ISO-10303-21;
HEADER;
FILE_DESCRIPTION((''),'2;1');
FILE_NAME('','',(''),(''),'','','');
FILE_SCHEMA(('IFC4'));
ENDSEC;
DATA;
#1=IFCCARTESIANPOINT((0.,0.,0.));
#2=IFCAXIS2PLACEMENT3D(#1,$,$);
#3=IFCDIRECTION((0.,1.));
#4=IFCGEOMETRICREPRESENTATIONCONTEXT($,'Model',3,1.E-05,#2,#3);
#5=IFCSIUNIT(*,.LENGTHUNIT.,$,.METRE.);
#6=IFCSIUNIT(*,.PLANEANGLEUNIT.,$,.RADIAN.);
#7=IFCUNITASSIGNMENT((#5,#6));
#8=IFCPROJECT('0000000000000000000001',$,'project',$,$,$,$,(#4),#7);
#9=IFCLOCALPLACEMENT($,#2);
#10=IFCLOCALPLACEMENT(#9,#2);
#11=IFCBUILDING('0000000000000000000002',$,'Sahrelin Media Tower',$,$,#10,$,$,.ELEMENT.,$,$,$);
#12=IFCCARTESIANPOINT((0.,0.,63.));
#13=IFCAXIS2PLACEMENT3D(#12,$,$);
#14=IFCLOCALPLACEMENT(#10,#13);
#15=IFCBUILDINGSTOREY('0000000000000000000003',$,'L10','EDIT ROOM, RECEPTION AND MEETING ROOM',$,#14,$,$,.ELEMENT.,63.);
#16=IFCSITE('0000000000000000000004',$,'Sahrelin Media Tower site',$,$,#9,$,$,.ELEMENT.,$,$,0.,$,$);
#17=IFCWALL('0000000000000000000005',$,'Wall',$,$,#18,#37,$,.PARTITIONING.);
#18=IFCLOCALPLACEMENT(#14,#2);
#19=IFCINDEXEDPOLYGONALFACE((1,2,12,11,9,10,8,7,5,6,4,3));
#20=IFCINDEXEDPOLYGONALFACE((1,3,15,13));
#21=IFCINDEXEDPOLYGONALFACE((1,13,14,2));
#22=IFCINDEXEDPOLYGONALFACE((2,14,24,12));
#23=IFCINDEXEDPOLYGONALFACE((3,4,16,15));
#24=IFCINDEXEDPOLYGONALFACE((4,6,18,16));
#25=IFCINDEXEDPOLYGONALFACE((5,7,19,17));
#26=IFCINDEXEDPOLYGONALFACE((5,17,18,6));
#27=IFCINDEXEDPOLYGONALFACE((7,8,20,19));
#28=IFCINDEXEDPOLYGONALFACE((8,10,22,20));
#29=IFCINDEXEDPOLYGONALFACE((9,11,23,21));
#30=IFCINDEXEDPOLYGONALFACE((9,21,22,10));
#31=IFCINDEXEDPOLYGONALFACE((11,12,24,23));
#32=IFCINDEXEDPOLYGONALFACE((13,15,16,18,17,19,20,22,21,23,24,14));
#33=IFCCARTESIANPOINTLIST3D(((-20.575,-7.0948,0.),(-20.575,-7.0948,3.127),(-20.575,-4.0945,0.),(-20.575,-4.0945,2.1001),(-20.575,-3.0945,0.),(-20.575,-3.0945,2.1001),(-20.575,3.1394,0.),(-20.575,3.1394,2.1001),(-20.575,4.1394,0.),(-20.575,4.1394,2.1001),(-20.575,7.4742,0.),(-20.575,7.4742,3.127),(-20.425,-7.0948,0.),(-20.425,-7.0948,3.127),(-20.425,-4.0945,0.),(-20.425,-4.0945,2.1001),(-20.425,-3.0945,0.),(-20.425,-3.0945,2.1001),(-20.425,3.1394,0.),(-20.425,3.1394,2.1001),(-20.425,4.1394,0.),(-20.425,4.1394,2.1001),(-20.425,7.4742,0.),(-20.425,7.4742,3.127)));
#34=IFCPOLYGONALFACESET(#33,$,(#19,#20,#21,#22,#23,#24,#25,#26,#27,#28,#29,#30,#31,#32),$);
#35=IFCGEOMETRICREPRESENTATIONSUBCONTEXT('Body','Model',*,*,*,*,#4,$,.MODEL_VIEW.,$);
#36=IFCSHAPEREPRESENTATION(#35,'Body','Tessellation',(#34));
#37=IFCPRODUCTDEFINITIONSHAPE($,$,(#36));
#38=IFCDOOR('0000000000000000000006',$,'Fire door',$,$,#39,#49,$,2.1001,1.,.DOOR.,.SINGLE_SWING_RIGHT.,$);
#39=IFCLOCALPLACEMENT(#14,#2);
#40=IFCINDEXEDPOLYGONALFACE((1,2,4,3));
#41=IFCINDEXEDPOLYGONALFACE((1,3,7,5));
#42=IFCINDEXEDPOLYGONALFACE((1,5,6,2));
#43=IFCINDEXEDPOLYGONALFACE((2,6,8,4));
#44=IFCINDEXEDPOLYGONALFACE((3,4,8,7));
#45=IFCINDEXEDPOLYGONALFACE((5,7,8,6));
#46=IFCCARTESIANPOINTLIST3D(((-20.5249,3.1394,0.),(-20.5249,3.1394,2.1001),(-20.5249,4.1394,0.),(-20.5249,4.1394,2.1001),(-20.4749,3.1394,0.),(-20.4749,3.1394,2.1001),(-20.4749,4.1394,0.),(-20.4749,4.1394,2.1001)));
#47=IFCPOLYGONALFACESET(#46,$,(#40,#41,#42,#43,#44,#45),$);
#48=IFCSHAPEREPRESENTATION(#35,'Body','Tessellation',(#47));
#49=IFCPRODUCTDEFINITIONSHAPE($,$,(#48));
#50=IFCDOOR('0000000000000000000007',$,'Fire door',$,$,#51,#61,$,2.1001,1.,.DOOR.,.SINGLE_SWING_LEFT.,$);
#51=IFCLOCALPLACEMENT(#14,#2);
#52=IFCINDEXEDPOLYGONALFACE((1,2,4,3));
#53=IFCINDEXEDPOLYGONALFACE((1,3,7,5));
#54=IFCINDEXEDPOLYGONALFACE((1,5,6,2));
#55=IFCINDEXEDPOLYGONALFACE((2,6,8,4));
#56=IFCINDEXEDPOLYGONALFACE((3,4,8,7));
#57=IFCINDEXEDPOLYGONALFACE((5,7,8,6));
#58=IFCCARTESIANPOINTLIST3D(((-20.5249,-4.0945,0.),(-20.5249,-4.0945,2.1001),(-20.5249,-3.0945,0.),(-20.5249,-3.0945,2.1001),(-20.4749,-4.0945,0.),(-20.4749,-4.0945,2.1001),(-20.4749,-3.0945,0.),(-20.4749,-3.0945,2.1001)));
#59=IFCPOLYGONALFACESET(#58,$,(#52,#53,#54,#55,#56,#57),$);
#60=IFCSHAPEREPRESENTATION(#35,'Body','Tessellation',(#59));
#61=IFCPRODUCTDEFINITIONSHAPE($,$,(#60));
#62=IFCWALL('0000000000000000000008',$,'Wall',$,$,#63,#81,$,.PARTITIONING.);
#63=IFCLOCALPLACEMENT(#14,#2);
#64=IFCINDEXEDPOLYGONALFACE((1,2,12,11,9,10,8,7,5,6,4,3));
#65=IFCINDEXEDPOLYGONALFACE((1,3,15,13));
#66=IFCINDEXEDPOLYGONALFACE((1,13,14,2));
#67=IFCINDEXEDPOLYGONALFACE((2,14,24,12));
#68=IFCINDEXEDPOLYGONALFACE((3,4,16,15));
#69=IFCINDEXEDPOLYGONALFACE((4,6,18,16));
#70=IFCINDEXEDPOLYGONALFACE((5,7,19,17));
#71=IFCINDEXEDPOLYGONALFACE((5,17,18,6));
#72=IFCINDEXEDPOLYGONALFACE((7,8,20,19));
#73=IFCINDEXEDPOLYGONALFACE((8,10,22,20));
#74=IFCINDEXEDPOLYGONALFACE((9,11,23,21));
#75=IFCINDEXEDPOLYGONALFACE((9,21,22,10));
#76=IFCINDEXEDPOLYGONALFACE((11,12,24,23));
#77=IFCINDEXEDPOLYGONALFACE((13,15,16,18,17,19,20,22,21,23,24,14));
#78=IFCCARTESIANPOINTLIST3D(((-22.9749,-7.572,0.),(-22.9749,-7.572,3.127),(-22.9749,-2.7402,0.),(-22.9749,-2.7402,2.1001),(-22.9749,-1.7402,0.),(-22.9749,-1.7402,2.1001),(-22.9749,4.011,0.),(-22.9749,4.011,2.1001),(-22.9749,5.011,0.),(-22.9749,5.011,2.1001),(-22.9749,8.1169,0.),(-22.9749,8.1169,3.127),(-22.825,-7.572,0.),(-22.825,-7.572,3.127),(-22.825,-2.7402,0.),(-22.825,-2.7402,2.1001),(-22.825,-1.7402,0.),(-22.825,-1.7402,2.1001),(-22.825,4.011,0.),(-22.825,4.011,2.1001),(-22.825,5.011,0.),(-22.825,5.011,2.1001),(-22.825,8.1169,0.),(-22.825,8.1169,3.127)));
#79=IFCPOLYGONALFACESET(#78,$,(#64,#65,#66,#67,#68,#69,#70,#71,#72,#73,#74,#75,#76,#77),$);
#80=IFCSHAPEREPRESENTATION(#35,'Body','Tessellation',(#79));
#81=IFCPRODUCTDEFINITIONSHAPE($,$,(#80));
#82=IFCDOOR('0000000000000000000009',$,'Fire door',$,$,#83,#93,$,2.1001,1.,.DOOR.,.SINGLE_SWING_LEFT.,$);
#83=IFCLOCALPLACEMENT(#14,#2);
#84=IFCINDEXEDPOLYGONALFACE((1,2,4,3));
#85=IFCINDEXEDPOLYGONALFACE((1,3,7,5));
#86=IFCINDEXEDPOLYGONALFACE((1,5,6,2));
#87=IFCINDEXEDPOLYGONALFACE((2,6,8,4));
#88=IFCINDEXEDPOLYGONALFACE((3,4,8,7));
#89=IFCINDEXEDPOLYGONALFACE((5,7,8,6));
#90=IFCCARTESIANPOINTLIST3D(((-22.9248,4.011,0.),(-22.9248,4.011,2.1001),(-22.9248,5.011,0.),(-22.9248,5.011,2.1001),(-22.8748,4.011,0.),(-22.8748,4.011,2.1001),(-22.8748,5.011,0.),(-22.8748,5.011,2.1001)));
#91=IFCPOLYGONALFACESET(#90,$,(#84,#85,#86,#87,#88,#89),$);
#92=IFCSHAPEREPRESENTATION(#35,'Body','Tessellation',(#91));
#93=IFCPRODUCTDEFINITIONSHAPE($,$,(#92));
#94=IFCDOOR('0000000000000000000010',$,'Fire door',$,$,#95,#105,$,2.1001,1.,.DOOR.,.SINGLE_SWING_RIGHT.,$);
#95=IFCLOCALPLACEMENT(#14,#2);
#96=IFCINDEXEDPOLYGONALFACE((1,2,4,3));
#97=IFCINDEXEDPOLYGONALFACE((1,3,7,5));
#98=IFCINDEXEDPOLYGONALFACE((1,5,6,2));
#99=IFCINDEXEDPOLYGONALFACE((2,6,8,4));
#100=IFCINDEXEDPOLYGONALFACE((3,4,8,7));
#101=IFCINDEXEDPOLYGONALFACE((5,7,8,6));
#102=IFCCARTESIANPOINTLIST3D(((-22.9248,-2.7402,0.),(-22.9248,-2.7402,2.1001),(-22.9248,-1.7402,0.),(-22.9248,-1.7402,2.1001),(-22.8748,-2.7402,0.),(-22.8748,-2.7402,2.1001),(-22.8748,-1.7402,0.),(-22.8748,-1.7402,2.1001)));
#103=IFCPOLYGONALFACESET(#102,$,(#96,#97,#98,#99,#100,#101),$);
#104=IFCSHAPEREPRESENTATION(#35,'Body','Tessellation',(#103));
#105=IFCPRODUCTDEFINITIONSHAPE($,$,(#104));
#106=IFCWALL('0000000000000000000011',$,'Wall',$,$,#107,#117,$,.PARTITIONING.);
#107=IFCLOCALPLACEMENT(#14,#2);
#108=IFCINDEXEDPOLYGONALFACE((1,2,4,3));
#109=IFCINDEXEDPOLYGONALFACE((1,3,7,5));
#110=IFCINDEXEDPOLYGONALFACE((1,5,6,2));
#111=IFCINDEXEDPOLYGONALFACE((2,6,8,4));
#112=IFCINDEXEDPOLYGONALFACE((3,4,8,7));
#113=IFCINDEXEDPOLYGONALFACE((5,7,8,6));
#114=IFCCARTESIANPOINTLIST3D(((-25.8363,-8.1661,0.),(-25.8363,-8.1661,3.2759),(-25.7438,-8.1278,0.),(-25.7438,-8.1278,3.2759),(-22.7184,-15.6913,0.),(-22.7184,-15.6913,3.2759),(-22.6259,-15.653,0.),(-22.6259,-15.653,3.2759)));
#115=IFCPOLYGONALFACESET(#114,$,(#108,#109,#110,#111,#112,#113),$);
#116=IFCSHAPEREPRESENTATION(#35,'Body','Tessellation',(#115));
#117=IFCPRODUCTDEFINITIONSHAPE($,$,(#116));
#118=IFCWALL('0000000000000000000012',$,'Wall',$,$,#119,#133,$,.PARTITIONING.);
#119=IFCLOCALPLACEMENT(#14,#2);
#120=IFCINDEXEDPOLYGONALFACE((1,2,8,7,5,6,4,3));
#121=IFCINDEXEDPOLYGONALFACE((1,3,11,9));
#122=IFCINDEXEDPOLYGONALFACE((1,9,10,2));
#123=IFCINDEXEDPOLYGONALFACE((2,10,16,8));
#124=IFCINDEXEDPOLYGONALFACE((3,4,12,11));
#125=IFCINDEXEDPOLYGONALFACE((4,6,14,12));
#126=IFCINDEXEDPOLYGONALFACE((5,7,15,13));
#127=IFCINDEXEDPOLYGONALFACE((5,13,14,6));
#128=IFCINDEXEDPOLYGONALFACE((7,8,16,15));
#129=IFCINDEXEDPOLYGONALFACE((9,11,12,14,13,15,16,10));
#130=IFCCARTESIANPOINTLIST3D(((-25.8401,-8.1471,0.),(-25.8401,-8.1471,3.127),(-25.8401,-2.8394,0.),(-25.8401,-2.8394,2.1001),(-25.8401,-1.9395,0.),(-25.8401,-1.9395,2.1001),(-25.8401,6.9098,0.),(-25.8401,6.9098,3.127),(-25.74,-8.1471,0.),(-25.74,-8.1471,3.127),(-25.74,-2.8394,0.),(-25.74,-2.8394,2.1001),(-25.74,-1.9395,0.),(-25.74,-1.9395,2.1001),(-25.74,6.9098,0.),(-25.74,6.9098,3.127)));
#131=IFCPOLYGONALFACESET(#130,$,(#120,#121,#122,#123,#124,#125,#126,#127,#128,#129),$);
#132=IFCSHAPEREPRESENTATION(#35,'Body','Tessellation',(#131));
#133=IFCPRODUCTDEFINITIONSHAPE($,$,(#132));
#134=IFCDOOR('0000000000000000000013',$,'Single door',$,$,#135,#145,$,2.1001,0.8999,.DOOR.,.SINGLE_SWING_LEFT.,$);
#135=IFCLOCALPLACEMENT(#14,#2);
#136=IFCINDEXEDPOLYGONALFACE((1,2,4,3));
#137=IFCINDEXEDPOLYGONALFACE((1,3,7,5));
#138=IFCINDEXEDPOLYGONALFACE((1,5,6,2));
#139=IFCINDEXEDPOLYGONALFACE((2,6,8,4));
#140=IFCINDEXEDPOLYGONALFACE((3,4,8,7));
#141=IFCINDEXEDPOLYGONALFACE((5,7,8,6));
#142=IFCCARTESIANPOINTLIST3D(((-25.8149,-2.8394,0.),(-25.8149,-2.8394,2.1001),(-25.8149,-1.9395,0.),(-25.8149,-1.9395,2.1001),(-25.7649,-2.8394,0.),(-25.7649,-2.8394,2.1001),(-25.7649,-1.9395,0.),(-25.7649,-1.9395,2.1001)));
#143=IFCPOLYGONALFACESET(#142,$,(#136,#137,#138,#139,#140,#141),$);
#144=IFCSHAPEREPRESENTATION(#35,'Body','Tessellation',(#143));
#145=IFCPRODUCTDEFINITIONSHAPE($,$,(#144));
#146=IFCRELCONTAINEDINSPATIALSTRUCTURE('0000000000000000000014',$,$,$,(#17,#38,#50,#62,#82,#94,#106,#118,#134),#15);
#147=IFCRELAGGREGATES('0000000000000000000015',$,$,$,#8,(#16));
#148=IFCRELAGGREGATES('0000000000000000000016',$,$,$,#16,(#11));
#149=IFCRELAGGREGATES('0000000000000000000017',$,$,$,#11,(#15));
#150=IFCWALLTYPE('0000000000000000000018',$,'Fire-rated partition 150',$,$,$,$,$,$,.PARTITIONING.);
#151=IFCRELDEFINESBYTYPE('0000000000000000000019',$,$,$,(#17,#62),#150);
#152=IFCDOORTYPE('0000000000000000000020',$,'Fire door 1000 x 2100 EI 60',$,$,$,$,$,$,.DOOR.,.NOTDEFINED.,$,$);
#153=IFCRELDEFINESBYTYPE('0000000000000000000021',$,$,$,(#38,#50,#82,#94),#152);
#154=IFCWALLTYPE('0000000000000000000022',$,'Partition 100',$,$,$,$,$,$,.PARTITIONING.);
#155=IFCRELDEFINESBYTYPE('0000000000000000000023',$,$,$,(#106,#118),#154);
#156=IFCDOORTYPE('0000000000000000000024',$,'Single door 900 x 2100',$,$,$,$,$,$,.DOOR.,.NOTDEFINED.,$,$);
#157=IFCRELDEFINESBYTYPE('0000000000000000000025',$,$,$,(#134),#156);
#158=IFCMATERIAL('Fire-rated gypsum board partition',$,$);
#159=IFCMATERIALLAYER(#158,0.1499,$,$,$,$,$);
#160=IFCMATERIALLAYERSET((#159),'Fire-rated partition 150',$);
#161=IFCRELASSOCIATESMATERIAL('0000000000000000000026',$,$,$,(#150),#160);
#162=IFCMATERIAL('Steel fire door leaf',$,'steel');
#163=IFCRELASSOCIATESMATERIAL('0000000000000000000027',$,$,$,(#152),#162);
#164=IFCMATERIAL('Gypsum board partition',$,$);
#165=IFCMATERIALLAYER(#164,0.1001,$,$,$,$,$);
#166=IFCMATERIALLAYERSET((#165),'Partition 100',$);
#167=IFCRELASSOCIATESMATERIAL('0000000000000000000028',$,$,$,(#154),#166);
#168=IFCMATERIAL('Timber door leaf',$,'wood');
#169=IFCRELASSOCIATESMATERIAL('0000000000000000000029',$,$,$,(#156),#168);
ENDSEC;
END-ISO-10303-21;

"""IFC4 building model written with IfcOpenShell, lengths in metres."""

from ifc_helpers import new_model, si_unit, direction, frame, frame_2d, origin, place, context, subcontext, project, spatial, rectangle, extrude, material, layer, layer_set, type_object, element, fill, save


model = new_model("IFC4")

# Units and contexts
model_context = context("Model", 3, precision=1e-05, world=origin(), true_north=direction((0.0, 1.0)))
body_context = subcontext(model_context, "Body", "Model", "MODEL_VIEW")
ifc_project = project(units=[si_unit("LENGTHUNIT", "METRE"), si_unit("PLANEANGLEUNIT", "RADIAN")], contexts=[model_context])

# Site, building, storey
site_placement = place(None, origin())
site = spatial("IfcSite", under=ifc_project, at=site_placement, Name="Sahrelin Media Tower site", CompositionType="ELEMENT", RefElevation=0.0)
building_placement = place(site_placement, origin())
building = spatial("IfcBuilding", under=site, at=building_placement, Name="Sahrelin Media Tower", CompositionType="ELEMENT")
storey_placement = place(building_placement, frame((0.0, 0.0, 63.0)))
storey = spatial("IfcBuildingStorey", under=building, at=storey_placement, Name="L10", Description="EDIT ROOM, RECEPTION AND MEETING ROOM", CompositionType="ELEMENT", Elevation=63.0)

# Shared definitions
ifc_material_1 = material(Name="Fire-rated gypsum board partition")
ifc_layer_1 = layer(ifc_material_1, 0.1499)
ifc_layer_set_1 = layer_set([ifc_layer_1], Name="Fire-rated partition 150")
wall_type_1 = type_object("IfcWallType", Name="Fire-rated partition 150", PredefinedType="PARTITIONING", material=ifc_layer_set_1)

# Walls, openings, doors
wall_1_placement = place(storey_placement, frame((-20.5, -7.095, 0.0), z_axis=(0.0, 0.0, 1.0), x_axis=(0.0, 1.0, 0.0)))
wall_1 = element("IfcWall", 1, at=wall_1_placement, inside=storey, type_object=wall_type_1, Name="Wall", PredefinedType="PARTITIONING", context=body_context, shape_type="SweptSolid", body=[
    extrude(rectangle(XDim=14.5691, YDim=0.1499, at=frame_2d((7.2847, 0.0))), origin(), (0.0, 0.0, 1.0), 3.127),
])
opening_1_placement = place(wall_1_placement, frame((10.2344, 0.0, 0.0)))
opening_1 = element("IfcOpeningElement", 2, at=opening_1_placement, cuts=wall_1, PredefinedType="OPENING", context=body_context, shape_type="SweptSolid", body=[
    extrude(rectangle(XDim=1.0, YDim=2.1001, at=frame_2d((0.5, 1.05))), frame((0.0, 0.075, 0.0), z_axis=(0.0, -1.0, 0.0), x_axis=(1.0, 0.0, 0.0)), (0.0, 0.0, 1.0), 0.1499),
])
opening_2_placement = place(wall_1_placement, frame((3.0005, 0.0, 0.0)))
opening_2 = element("IfcOpeningElement", 3, at=opening_2_placement, cuts=wall_1, PredefinedType="OPENING", context=body_context, shape_type="SweptSolid", body=[
    extrude(rectangle(XDim=1.0, YDim=2.1001, at=frame_2d((0.5, 1.05))), frame((0.0, 0.075, 0.0), z_axis=(0.0, -1.0, 0.0), x_axis=(1.0, 0.0, 0.0)), (0.0, 0.0, 1.0), 0.1499),
])
ifc_material_2 = material(Name="Steel fire door leaf", Category="steel")
door_type_1 = type_object("IfcDoorType", Name="Fire door 1000 x 2100 EI 60", OperationType="NOTDEFINED", PredefinedType="DOOR", material=ifc_material_2)
door_1_placement = place(opening_1_placement, origin())
door_1 = element("IfcDoor", 4, at=door_1_placement, inside=storey, type_object=door_type_1, Name="Fire door", OperationType="SINGLE_SWING_RIGHT", OverallHeight=2.1001, OverallWidth=1.0, PredefinedType="DOOR", context=body_context, shape_type="SweptSolid", body=[
    extrude(rectangle(XDim=1.0, YDim=2.1001, at=frame_2d((0.5, 1.05))), frame((0.0, 0.0249, 0.0), z_axis=(0.0, -1.0, 0.0), x_axis=(1.0, 0.0, 0.0)), (0.0, 0.0, 1.0), 0.05),
])
fill(opening_1, door_1)
door_2_placement = place(opening_2_placement, origin())
door_2 = element("IfcDoor", 5, at=door_2_placement, inside=storey, type_object=door_type_1, Name="Fire door", OperationType="SINGLE_SWING_LEFT", OverallHeight=2.1001, OverallWidth=1.0, PredefinedType="DOOR", context=body_context, shape_type="SweptSolid", body=[
    extrude(rectangle(XDim=1.0, YDim=2.1001, at=frame_2d((0.5, 1.05))), frame((0.0, 0.0249, 0.0), z_axis=(0.0, -1.0, 0.0), x_axis=(1.0, 0.0, 0.0)), (0.0, 0.0, 1.0), 0.05),
])
fill(opening_2, door_2)
wall_2_placement = place(storey_placement, frame((-22.8999, -7.572, 0.0), z_axis=(0.0, 0.0, 1.0), x_axis=(0.0, 1.0, 0.0)))
wall_2 = element("IfcWall", 6, at=wall_2_placement, inside=storey, type_object=wall_type_1, Name="Wall", PredefinedType="PARTITIONING", context=body_context, shape_type="SweptSolid", body=[
    extrude(rectangle(XDim=15.689, YDim=0.1499, at=frame_2d((7.8445, 0.0))), origin(), (0.0, 0.0, 1.0), 3.127),
])
opening_3_placement = place(wall_2_placement, frame((11.583, 0.0, 0.0)))
opening_3 = element("IfcOpeningElement", 7, at=opening_3_placement, cuts=wall_2, PredefinedType="OPENING", context=body_context, shape_type="SweptSolid", body=[
    extrude(rectangle(XDim=1.0, YDim=2.1001, at=frame_2d((0.5, 1.05))), frame((0.0, 0.075, 0.0), z_axis=(0.0, -1.0, 0.0), x_axis=(1.0, 0.0, 0.0)), (0.0, 0.0, 1.0), 0.1499),
])
opening_4_placement = place(wall_2_placement, frame((4.8318, 0.0, 0.0)))
opening_4 = element("IfcOpeningElement", 8, at=opening_4_placement, cuts=wall_2, PredefinedType="OPENING", context=body_context, shape_type="SweptSolid", body=[
    extrude(rectangle(XDim=1.0, YDim=2.1001, at=frame_2d((0.5, 1.05))), frame((0.0, 0.075, 0.0), z_axis=(0.0, -1.0, 0.0), x_axis=(1.0, 0.0, 0.0)), (0.0, 0.0, 1.0), 0.1499),
])
door_3_placement = place(opening_3_placement, origin())
door_3 = element("IfcDoor", 9, at=door_3_placement, inside=storey, type_object=door_type_1, Name="Fire door", OperationType="SINGLE_SWING_LEFT", OverallHeight=2.1001, OverallWidth=1.0, PredefinedType="DOOR", context=body_context, shape_type="SweptSolid", body=[
    extrude(rectangle(XDim=1.0, YDim=2.1001, at=frame_2d((0.5, 1.05))), frame((0.0, 0.0249, 0.0), z_axis=(0.0, -1.0, 0.0), x_axis=(1.0, 0.0, 0.0)), (0.0, 0.0, 1.0), 0.05),
])
fill(opening_3, door_3)
door_4_placement = place(opening_4_placement, origin())
door_4 = element("IfcDoor", 10, at=door_4_placement, inside=storey, type_object=door_type_1, Name="Fire door", OperationType="SINGLE_SWING_RIGHT", OverallHeight=2.1001, OverallWidth=1.0, PredefinedType="DOOR", context=body_context, shape_type="SweptSolid", body=[
    extrude(rectangle(XDim=1.0, YDim=2.1001, at=frame_2d((0.5, 1.05))), frame((0.0, 0.0249, 0.0), z_axis=(0.0, -1.0, 0.0), x_axis=(1.0, 0.0, 0.0)), (0.0, 0.0, 1.0), 0.05),
])
fill(opening_4, door_4)

# Wall
ifc_material_3 = material(Name="Gypsum board partition")
ifc_layer_2 = layer(ifc_material_3, 0.1001)
ifc_layer_set_2 = layer_set([ifc_layer_2], Name="Partition 100")
wall_type_2 = type_object("IfcWallType", Name="Partition 100", PredefinedType="PARTITIONING", material=ifc_layer_set_2)
wall_3_placement = place(storey_placement, frame((-25.79, -8.147, 0.0), z_axis=(0.0, 0.0, 1.0), x_axis=(0.382778, -0.92384, 0.0)))
element("IfcWall", 11, at=wall_3_placement, inside=storey, type_object=wall_type_2, Name="Wall", PredefinedType="PARTITIONING", context=body_context, shape_type="SweptSolid", body=[
    extrude(rectangle(XDim=8.1455, YDim=0.1001, at=frame_2d((4.0728, 0.0))), origin(), (0.0, 0.0, 1.0), 3.2759),
])

# Wall, opening, door
wall_4_placement = place(storey_placement, frame((-25.79, -8.147, 0.0), z_axis=(0.0, 0.0, 1.0), x_axis=(0.0, 1.0, 0.0)))
wall_4 = element("IfcWall", 12, at=wall_4_placement, inside=storey, type_object=wall_type_2, Name="Wall", PredefinedType="PARTITIONING", context=body_context, shape_type="SweptSolid", body=[
    extrude(rectangle(XDim=15.0569, YDim=0.1001, at=frame_2d((7.5283, 0.0))), origin(), (0.0, 0.0, 1.0), 3.127),
])
opening_5_placement = place(wall_4_placement, frame((5.3076, 0.0, 0.0)))
opening_5 = element("IfcOpeningElement", 13, at=opening_5_placement, cuts=wall_4, PredefinedType="OPENING", context=body_context, shape_type="SweptSolid", body=[
    extrude(rectangle(XDim=0.8999, YDim=2.1001, at=frame_2d((0.45, 1.05))), frame((0.0, 0.05, 0.0), z_axis=(0.0, -1.0, 0.0), x_axis=(1.0, 0.0, 0.0)), (0.0, 0.0, 1.0), 0.1001),
])
ifc_material_4 = material(Name="Timber door leaf", Category="wood")
door_type_2 = type_object("IfcDoorType", Name="Single door 900 x 2100", OperationType="NOTDEFINED", PredefinedType="DOOR", material=ifc_material_4)
door_5_placement = place(opening_5_placement, origin())
door_5 = element("IfcDoor", 14, at=door_5_placement, inside=storey, type_object=door_type_2, Name="Single door", OperationType="SINGLE_SWING_LEFT", OverallHeight=2.1001, OverallWidth=0.8999, PredefinedType="DOOR", context=body_context, shape_type="SweptSolid", body=[
    extrude(rectangle(XDim=0.8999, YDim=2.1001, at=frame_2d((0.45, 1.05))), frame((0.0, 0.0249, 0.0), z_axis=(0.0, -1.0, 0.0), x_axis=(1.0, 0.0, 0.0)), (0.0, 0.0, 1.0), 0.05),
])
fill(opening_5, door_5)

save(model, "model.ifc")
